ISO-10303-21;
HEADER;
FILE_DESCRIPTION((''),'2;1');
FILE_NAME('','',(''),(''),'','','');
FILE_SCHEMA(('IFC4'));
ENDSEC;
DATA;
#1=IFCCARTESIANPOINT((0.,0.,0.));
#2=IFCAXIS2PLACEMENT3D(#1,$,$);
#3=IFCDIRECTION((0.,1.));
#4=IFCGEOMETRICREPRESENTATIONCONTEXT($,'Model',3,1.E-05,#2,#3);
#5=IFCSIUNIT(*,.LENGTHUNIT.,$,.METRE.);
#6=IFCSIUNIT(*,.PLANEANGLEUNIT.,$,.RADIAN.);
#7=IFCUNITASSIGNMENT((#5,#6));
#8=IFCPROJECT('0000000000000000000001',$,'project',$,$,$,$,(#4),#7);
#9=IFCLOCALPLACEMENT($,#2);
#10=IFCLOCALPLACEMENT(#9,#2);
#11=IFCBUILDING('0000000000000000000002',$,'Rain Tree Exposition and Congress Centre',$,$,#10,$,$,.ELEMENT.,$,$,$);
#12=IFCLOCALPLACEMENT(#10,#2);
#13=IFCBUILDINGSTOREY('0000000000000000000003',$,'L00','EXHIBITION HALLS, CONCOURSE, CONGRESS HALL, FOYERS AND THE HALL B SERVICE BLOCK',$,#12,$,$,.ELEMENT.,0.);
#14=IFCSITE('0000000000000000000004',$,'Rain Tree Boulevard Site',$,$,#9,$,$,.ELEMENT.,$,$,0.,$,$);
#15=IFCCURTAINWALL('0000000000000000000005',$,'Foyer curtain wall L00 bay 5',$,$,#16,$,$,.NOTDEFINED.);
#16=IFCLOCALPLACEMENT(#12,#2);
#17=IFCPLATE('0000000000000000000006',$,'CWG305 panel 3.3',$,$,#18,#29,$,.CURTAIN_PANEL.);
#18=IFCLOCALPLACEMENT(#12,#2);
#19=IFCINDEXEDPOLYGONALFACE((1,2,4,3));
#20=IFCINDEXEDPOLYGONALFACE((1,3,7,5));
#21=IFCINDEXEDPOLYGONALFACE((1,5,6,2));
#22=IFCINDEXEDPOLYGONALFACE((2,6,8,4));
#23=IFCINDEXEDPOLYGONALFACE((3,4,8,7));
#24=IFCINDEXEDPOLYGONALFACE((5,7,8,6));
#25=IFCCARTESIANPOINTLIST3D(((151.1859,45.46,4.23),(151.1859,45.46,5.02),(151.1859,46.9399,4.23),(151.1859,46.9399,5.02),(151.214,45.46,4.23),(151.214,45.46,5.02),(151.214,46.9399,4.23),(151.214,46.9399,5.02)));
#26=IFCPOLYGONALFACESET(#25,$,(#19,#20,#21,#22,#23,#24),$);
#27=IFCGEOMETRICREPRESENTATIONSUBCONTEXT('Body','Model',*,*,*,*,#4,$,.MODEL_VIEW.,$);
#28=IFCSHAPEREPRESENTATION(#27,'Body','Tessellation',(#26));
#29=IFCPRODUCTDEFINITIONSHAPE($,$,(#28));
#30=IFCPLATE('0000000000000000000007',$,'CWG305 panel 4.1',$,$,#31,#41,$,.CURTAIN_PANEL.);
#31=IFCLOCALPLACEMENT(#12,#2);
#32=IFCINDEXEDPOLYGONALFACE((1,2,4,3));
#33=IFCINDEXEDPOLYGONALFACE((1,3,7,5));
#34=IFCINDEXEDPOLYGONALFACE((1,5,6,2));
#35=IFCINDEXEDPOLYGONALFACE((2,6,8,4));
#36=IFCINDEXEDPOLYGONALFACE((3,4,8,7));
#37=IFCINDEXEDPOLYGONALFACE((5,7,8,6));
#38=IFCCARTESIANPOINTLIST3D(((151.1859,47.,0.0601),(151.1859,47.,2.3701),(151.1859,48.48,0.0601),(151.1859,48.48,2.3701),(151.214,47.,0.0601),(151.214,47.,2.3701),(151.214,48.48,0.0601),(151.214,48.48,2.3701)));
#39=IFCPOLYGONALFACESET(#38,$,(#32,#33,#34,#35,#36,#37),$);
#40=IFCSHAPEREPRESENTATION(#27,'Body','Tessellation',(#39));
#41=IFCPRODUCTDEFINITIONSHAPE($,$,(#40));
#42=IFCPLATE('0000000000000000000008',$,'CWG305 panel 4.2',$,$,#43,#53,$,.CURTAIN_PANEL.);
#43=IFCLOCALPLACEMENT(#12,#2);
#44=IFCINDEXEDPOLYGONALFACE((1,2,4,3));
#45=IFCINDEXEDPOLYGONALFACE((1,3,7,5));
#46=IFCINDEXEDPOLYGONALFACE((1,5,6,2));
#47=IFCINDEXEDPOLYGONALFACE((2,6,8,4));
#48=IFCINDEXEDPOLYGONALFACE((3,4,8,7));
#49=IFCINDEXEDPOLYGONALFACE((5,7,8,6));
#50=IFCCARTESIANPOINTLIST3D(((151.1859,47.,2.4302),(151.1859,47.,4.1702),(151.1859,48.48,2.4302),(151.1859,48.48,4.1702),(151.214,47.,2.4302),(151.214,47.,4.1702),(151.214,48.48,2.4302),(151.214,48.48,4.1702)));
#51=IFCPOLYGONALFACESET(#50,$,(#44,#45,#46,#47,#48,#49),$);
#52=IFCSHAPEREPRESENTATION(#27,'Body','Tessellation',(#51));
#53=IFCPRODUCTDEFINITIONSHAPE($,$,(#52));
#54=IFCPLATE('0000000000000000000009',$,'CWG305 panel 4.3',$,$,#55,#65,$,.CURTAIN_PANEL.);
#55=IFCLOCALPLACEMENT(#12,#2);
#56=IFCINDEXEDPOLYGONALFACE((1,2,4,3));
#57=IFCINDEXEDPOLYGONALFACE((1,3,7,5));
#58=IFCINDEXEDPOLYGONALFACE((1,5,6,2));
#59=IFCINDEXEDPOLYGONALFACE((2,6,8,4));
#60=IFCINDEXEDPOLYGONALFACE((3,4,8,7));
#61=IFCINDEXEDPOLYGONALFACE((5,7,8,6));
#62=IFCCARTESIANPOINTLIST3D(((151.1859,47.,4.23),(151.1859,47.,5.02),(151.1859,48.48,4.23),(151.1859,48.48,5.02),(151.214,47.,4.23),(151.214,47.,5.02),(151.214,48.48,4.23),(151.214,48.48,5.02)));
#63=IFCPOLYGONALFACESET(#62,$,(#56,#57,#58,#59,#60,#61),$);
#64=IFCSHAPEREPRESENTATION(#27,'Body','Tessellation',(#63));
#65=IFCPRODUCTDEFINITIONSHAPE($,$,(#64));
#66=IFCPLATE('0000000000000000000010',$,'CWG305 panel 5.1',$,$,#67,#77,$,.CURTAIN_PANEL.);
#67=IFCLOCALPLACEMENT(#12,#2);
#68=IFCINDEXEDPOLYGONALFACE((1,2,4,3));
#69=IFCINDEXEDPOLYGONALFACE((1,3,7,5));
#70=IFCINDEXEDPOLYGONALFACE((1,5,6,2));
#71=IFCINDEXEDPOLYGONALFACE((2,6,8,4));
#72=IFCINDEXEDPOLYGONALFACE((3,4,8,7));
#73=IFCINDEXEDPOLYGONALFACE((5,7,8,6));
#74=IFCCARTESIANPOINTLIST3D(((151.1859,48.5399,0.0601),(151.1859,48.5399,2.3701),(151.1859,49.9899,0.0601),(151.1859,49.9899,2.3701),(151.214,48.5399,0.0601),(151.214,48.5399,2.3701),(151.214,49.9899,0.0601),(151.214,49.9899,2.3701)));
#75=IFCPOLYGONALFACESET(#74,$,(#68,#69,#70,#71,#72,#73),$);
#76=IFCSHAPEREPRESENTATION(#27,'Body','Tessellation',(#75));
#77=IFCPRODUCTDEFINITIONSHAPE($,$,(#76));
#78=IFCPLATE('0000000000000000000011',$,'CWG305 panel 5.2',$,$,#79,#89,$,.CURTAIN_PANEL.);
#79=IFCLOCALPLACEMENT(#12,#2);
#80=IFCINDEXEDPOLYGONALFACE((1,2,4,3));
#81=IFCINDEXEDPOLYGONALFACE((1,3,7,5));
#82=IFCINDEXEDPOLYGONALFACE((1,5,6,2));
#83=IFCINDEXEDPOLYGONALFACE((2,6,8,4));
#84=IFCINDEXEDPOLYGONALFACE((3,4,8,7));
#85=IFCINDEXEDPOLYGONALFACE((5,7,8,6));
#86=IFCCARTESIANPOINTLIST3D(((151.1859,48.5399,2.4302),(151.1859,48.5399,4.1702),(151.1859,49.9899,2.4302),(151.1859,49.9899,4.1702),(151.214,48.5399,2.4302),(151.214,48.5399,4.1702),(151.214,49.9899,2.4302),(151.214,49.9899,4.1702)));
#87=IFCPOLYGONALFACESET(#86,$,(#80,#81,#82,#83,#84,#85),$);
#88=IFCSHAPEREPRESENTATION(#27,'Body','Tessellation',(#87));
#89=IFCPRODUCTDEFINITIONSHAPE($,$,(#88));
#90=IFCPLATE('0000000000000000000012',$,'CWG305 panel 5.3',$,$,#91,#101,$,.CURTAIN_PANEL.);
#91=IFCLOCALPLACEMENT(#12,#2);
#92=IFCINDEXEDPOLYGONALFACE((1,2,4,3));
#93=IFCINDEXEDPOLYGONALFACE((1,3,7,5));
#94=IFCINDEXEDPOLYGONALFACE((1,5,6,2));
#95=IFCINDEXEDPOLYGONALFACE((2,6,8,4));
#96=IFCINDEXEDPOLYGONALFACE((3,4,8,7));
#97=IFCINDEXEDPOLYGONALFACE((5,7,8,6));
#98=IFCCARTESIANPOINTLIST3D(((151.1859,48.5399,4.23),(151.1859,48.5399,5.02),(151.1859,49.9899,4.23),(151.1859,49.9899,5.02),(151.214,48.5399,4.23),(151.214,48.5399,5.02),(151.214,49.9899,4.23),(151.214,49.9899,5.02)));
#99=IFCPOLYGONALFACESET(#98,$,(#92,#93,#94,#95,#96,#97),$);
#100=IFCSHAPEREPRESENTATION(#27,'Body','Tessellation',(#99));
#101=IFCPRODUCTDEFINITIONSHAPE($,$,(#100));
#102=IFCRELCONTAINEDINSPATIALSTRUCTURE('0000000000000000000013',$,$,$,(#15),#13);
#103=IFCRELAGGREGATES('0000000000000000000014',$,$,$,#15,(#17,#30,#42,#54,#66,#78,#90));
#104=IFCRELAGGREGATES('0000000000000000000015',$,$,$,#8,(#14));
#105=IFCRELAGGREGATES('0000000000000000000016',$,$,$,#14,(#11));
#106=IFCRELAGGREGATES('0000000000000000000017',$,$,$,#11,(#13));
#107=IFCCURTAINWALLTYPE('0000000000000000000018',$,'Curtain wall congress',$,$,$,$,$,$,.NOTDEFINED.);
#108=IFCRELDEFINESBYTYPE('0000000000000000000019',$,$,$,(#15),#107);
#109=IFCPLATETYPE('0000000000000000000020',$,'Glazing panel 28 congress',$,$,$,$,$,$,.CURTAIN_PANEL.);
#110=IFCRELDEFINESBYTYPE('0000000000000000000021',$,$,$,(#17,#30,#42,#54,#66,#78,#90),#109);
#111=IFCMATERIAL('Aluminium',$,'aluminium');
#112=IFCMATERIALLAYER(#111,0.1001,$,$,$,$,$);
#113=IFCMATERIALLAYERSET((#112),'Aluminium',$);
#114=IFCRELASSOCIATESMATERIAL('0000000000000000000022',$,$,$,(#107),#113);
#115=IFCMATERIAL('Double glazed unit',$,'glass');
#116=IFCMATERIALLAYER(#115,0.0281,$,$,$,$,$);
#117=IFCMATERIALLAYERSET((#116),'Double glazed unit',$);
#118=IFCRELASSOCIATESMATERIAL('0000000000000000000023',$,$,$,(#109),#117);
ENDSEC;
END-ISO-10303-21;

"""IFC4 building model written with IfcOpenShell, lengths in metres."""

from ifc_helpers import new_model, si_unit, direction, frame, origin, origin_2d, place, context, subcontext, project, spatial, rectangle, extrude, material, layer, layer_set, type_object, element, aggregate, save


model = new_model("IFC4")

# Units and contexts
model_context = context("Model", 3, precision=1e-05, world=origin(), true_north=direction((0.0, 1.0)))
body_context = subcontext(model_context, "Body", "Model", "MODEL_VIEW")
ifc_project = project(units=[si_unit("LENGTHUNIT", "METRE"), si_unit("PLANEANGLEUNIT", "RADIAN")], contexts=[model_context])

# Site, building, storey
site_placement = place(None, origin())
site = spatial("IfcSite", under=ifc_project, at=site_placement, Name="Rain Tree Boulevard Site", CompositionType="ELEMENT", RefElevation=0.0)
building_placement = place(site_placement, origin())
building = spatial("IfcBuilding", under=site, at=building_placement, Name="Rain Tree Exposition and Congress Centre", CompositionType="ELEMENT")
storey_placement = place(building_placement, origin())
storey = spatial("IfcBuildingStorey", under=building, at=storey_placement, Name="L00", Description="EXHIBITION HALLS, CONCOURSE, CONGRESS HALL, FOYERS AND THE HALL B SERVICE BLOCK", CompositionType="ELEMENT", Elevation=0.0)

# Curtain wall
ifc_material_1 = material(Name="Aluminium", Category="aluminium")
ifc_layer_1 = layer(ifc_material_1, 0.1001)
ifc_layer_set_1 = layer_set([ifc_layer_1], Name="Aluminium")
curtain_wall_type = type_object("IfcCurtainWallType", Name="Curtain wall congress", PredefinedType="NOTDEFINED", material=ifc_layer_set_1)
curtain_wall_1_placement = place(storey_placement, origin())
curtain_wall_1 = element("IfcCurtainWall", 1, at=curtain_wall_1_placement, inside=storey, type_object=curtain_wall_type, Name="Foyer curtain wall L00 bay 5", PredefinedType="NOTDEFINED")

# Plates
ifc_material_2 = material(Name="Double glazed unit", Category="glass")
ifc_layer_2 = layer(ifc_material_2, 0.0281)
ifc_layer_set_2 = layer_set([ifc_layer_2], Name="Double glazed unit")
plate_type = type_object("IfcPlateType", Name="Glazing panel 28 congress", PredefinedType="CURTAIN_PANEL", material=ifc_layer_set_2)
plate_1_placement = place(storey_placement, frame((151.2, 46.2, 4.23), z_axis=(0.0, 0.0, 1.0), x_axis=(0.0, 1.0, 0.0)))
plate_1 = element("IfcPlate", 2, at=plate_1_placement, type_object=plate_type, Name="CWG305 panel 3.3", PredefinedType="CURTAIN_PANEL", context=body_context, shape_type="SweptSolid", body=[
    extrude(rectangle(XDim=1.48, YDim=0.0281, at=origin_2d()), origin(), (0.0, 0.0, 1.0), 0.79),
])
plate_2_placement = place(storey_placement, frame((151.2, 47.74, 0.0601), z_axis=(0.0, 0.0, 1.0), x_axis=(0.0, 1.0, 0.0)))
plate_2 = element("IfcPlate", 3, at=plate_2_placement, type_object=plate_type, Name="CWG305 panel 4.1", PredefinedType="CURTAIN_PANEL", context=body_context, shape_type="SweptSolid", body=[
    extrude(rectangle(XDim=1.48, YDim=0.0281, at=origin_2d()), origin(), (0.0, 0.0, 1.0), 2.3101),
])
plate_3_placement = place(storey_placement, frame((151.2, 47.74, 2.4302), z_axis=(0.0, 0.0, 1.0), x_axis=(0.0, 1.0, 0.0)))
plate_3 = element("IfcPlate", 4, at=plate_3_placement, type_object=plate_type, Name="CWG305 panel 4.2", PredefinedType="CURTAIN_PANEL", context=body_context, shape_type="SweptSolid", body=[
    extrude(rectangle(XDim=1.48, YDim=0.0281, at=origin_2d()), origin(), (0.0, 0.0, 1.0), 1.74),
])
plate_4_placement = place(storey_placement, frame((151.2, 47.74, 4.23), z_axis=(0.0, 0.0, 1.0), x_axis=(0.0, 1.0, 0.0)))
plate_4 = element("IfcPlate", 5, at=plate_4_placement, type_object=plate_type, Name="CWG305 panel 4.3", PredefinedType="CURTAIN_PANEL", context=body_context, shape_type="SweptSolid", body=[
    extrude(rectangle(XDim=1.48, YDim=0.0281, at=origin_2d()), origin(), (0.0, 0.0, 1.0), 0.79),
])
plate_5_placement = place(storey_placement, frame((151.2, 49.2649, 0.0601), z_axis=(0.0, 0.0, 1.0), x_axis=(0.0, 1.0, 0.0)))
plate_5 = element("IfcPlate", 6, at=plate_5_placement, type_object=plate_type, Name="CWG305 panel 5.1", PredefinedType="CURTAIN_PANEL", context=body_context, shape_type="SweptSolid", body=[
    extrude(rectangle(XDim=1.45, YDim=0.0281, at=origin_2d()), origin(), (0.0, 0.0, 1.0), 2.3101),
])
plate_6_placement = place(storey_placement, frame((151.2, 49.2649, 2.4302), z_axis=(0.0, 0.0, 1.0), x_axis=(0.0, 1.0, 0.0)))
plate_6 = element("IfcPlate", 7, at=plate_6_placement, type_object=plate_type, Name="CWG305 panel 5.2", PredefinedType="CURTAIN_PANEL", context=body_context, shape_type="SweptSolid", body=[
    extrude(rectangle(XDim=1.45, YDim=0.0281, at=origin_2d()), origin(), (0.0, 0.0, 1.0), 1.74),
])
plate_7_placement = place(storey_placement, frame((151.2, 49.2649, 4.23), z_axis=(0.0, 0.0, 1.0), x_axis=(0.0, 1.0, 0.0)))
plate_7 = element("IfcPlate", 8, at=plate_7_placement, type_object=plate_type, Name="CWG305 panel 5.3", PredefinedType="CURTAIN_PANEL", context=body_context, shape_type="SweptSolid", body=[
    extrude(rectangle(XDim=1.45, YDim=0.0281, at=origin_2d()), origin(), (0.0, 0.0, 1.0), 0.79),
])
aggregate(curtain_wall_1, [plate_1, plate_2, plate_3, plate_4, plate_5, plate_6, plate_7])

save(model, "model.ifc")
